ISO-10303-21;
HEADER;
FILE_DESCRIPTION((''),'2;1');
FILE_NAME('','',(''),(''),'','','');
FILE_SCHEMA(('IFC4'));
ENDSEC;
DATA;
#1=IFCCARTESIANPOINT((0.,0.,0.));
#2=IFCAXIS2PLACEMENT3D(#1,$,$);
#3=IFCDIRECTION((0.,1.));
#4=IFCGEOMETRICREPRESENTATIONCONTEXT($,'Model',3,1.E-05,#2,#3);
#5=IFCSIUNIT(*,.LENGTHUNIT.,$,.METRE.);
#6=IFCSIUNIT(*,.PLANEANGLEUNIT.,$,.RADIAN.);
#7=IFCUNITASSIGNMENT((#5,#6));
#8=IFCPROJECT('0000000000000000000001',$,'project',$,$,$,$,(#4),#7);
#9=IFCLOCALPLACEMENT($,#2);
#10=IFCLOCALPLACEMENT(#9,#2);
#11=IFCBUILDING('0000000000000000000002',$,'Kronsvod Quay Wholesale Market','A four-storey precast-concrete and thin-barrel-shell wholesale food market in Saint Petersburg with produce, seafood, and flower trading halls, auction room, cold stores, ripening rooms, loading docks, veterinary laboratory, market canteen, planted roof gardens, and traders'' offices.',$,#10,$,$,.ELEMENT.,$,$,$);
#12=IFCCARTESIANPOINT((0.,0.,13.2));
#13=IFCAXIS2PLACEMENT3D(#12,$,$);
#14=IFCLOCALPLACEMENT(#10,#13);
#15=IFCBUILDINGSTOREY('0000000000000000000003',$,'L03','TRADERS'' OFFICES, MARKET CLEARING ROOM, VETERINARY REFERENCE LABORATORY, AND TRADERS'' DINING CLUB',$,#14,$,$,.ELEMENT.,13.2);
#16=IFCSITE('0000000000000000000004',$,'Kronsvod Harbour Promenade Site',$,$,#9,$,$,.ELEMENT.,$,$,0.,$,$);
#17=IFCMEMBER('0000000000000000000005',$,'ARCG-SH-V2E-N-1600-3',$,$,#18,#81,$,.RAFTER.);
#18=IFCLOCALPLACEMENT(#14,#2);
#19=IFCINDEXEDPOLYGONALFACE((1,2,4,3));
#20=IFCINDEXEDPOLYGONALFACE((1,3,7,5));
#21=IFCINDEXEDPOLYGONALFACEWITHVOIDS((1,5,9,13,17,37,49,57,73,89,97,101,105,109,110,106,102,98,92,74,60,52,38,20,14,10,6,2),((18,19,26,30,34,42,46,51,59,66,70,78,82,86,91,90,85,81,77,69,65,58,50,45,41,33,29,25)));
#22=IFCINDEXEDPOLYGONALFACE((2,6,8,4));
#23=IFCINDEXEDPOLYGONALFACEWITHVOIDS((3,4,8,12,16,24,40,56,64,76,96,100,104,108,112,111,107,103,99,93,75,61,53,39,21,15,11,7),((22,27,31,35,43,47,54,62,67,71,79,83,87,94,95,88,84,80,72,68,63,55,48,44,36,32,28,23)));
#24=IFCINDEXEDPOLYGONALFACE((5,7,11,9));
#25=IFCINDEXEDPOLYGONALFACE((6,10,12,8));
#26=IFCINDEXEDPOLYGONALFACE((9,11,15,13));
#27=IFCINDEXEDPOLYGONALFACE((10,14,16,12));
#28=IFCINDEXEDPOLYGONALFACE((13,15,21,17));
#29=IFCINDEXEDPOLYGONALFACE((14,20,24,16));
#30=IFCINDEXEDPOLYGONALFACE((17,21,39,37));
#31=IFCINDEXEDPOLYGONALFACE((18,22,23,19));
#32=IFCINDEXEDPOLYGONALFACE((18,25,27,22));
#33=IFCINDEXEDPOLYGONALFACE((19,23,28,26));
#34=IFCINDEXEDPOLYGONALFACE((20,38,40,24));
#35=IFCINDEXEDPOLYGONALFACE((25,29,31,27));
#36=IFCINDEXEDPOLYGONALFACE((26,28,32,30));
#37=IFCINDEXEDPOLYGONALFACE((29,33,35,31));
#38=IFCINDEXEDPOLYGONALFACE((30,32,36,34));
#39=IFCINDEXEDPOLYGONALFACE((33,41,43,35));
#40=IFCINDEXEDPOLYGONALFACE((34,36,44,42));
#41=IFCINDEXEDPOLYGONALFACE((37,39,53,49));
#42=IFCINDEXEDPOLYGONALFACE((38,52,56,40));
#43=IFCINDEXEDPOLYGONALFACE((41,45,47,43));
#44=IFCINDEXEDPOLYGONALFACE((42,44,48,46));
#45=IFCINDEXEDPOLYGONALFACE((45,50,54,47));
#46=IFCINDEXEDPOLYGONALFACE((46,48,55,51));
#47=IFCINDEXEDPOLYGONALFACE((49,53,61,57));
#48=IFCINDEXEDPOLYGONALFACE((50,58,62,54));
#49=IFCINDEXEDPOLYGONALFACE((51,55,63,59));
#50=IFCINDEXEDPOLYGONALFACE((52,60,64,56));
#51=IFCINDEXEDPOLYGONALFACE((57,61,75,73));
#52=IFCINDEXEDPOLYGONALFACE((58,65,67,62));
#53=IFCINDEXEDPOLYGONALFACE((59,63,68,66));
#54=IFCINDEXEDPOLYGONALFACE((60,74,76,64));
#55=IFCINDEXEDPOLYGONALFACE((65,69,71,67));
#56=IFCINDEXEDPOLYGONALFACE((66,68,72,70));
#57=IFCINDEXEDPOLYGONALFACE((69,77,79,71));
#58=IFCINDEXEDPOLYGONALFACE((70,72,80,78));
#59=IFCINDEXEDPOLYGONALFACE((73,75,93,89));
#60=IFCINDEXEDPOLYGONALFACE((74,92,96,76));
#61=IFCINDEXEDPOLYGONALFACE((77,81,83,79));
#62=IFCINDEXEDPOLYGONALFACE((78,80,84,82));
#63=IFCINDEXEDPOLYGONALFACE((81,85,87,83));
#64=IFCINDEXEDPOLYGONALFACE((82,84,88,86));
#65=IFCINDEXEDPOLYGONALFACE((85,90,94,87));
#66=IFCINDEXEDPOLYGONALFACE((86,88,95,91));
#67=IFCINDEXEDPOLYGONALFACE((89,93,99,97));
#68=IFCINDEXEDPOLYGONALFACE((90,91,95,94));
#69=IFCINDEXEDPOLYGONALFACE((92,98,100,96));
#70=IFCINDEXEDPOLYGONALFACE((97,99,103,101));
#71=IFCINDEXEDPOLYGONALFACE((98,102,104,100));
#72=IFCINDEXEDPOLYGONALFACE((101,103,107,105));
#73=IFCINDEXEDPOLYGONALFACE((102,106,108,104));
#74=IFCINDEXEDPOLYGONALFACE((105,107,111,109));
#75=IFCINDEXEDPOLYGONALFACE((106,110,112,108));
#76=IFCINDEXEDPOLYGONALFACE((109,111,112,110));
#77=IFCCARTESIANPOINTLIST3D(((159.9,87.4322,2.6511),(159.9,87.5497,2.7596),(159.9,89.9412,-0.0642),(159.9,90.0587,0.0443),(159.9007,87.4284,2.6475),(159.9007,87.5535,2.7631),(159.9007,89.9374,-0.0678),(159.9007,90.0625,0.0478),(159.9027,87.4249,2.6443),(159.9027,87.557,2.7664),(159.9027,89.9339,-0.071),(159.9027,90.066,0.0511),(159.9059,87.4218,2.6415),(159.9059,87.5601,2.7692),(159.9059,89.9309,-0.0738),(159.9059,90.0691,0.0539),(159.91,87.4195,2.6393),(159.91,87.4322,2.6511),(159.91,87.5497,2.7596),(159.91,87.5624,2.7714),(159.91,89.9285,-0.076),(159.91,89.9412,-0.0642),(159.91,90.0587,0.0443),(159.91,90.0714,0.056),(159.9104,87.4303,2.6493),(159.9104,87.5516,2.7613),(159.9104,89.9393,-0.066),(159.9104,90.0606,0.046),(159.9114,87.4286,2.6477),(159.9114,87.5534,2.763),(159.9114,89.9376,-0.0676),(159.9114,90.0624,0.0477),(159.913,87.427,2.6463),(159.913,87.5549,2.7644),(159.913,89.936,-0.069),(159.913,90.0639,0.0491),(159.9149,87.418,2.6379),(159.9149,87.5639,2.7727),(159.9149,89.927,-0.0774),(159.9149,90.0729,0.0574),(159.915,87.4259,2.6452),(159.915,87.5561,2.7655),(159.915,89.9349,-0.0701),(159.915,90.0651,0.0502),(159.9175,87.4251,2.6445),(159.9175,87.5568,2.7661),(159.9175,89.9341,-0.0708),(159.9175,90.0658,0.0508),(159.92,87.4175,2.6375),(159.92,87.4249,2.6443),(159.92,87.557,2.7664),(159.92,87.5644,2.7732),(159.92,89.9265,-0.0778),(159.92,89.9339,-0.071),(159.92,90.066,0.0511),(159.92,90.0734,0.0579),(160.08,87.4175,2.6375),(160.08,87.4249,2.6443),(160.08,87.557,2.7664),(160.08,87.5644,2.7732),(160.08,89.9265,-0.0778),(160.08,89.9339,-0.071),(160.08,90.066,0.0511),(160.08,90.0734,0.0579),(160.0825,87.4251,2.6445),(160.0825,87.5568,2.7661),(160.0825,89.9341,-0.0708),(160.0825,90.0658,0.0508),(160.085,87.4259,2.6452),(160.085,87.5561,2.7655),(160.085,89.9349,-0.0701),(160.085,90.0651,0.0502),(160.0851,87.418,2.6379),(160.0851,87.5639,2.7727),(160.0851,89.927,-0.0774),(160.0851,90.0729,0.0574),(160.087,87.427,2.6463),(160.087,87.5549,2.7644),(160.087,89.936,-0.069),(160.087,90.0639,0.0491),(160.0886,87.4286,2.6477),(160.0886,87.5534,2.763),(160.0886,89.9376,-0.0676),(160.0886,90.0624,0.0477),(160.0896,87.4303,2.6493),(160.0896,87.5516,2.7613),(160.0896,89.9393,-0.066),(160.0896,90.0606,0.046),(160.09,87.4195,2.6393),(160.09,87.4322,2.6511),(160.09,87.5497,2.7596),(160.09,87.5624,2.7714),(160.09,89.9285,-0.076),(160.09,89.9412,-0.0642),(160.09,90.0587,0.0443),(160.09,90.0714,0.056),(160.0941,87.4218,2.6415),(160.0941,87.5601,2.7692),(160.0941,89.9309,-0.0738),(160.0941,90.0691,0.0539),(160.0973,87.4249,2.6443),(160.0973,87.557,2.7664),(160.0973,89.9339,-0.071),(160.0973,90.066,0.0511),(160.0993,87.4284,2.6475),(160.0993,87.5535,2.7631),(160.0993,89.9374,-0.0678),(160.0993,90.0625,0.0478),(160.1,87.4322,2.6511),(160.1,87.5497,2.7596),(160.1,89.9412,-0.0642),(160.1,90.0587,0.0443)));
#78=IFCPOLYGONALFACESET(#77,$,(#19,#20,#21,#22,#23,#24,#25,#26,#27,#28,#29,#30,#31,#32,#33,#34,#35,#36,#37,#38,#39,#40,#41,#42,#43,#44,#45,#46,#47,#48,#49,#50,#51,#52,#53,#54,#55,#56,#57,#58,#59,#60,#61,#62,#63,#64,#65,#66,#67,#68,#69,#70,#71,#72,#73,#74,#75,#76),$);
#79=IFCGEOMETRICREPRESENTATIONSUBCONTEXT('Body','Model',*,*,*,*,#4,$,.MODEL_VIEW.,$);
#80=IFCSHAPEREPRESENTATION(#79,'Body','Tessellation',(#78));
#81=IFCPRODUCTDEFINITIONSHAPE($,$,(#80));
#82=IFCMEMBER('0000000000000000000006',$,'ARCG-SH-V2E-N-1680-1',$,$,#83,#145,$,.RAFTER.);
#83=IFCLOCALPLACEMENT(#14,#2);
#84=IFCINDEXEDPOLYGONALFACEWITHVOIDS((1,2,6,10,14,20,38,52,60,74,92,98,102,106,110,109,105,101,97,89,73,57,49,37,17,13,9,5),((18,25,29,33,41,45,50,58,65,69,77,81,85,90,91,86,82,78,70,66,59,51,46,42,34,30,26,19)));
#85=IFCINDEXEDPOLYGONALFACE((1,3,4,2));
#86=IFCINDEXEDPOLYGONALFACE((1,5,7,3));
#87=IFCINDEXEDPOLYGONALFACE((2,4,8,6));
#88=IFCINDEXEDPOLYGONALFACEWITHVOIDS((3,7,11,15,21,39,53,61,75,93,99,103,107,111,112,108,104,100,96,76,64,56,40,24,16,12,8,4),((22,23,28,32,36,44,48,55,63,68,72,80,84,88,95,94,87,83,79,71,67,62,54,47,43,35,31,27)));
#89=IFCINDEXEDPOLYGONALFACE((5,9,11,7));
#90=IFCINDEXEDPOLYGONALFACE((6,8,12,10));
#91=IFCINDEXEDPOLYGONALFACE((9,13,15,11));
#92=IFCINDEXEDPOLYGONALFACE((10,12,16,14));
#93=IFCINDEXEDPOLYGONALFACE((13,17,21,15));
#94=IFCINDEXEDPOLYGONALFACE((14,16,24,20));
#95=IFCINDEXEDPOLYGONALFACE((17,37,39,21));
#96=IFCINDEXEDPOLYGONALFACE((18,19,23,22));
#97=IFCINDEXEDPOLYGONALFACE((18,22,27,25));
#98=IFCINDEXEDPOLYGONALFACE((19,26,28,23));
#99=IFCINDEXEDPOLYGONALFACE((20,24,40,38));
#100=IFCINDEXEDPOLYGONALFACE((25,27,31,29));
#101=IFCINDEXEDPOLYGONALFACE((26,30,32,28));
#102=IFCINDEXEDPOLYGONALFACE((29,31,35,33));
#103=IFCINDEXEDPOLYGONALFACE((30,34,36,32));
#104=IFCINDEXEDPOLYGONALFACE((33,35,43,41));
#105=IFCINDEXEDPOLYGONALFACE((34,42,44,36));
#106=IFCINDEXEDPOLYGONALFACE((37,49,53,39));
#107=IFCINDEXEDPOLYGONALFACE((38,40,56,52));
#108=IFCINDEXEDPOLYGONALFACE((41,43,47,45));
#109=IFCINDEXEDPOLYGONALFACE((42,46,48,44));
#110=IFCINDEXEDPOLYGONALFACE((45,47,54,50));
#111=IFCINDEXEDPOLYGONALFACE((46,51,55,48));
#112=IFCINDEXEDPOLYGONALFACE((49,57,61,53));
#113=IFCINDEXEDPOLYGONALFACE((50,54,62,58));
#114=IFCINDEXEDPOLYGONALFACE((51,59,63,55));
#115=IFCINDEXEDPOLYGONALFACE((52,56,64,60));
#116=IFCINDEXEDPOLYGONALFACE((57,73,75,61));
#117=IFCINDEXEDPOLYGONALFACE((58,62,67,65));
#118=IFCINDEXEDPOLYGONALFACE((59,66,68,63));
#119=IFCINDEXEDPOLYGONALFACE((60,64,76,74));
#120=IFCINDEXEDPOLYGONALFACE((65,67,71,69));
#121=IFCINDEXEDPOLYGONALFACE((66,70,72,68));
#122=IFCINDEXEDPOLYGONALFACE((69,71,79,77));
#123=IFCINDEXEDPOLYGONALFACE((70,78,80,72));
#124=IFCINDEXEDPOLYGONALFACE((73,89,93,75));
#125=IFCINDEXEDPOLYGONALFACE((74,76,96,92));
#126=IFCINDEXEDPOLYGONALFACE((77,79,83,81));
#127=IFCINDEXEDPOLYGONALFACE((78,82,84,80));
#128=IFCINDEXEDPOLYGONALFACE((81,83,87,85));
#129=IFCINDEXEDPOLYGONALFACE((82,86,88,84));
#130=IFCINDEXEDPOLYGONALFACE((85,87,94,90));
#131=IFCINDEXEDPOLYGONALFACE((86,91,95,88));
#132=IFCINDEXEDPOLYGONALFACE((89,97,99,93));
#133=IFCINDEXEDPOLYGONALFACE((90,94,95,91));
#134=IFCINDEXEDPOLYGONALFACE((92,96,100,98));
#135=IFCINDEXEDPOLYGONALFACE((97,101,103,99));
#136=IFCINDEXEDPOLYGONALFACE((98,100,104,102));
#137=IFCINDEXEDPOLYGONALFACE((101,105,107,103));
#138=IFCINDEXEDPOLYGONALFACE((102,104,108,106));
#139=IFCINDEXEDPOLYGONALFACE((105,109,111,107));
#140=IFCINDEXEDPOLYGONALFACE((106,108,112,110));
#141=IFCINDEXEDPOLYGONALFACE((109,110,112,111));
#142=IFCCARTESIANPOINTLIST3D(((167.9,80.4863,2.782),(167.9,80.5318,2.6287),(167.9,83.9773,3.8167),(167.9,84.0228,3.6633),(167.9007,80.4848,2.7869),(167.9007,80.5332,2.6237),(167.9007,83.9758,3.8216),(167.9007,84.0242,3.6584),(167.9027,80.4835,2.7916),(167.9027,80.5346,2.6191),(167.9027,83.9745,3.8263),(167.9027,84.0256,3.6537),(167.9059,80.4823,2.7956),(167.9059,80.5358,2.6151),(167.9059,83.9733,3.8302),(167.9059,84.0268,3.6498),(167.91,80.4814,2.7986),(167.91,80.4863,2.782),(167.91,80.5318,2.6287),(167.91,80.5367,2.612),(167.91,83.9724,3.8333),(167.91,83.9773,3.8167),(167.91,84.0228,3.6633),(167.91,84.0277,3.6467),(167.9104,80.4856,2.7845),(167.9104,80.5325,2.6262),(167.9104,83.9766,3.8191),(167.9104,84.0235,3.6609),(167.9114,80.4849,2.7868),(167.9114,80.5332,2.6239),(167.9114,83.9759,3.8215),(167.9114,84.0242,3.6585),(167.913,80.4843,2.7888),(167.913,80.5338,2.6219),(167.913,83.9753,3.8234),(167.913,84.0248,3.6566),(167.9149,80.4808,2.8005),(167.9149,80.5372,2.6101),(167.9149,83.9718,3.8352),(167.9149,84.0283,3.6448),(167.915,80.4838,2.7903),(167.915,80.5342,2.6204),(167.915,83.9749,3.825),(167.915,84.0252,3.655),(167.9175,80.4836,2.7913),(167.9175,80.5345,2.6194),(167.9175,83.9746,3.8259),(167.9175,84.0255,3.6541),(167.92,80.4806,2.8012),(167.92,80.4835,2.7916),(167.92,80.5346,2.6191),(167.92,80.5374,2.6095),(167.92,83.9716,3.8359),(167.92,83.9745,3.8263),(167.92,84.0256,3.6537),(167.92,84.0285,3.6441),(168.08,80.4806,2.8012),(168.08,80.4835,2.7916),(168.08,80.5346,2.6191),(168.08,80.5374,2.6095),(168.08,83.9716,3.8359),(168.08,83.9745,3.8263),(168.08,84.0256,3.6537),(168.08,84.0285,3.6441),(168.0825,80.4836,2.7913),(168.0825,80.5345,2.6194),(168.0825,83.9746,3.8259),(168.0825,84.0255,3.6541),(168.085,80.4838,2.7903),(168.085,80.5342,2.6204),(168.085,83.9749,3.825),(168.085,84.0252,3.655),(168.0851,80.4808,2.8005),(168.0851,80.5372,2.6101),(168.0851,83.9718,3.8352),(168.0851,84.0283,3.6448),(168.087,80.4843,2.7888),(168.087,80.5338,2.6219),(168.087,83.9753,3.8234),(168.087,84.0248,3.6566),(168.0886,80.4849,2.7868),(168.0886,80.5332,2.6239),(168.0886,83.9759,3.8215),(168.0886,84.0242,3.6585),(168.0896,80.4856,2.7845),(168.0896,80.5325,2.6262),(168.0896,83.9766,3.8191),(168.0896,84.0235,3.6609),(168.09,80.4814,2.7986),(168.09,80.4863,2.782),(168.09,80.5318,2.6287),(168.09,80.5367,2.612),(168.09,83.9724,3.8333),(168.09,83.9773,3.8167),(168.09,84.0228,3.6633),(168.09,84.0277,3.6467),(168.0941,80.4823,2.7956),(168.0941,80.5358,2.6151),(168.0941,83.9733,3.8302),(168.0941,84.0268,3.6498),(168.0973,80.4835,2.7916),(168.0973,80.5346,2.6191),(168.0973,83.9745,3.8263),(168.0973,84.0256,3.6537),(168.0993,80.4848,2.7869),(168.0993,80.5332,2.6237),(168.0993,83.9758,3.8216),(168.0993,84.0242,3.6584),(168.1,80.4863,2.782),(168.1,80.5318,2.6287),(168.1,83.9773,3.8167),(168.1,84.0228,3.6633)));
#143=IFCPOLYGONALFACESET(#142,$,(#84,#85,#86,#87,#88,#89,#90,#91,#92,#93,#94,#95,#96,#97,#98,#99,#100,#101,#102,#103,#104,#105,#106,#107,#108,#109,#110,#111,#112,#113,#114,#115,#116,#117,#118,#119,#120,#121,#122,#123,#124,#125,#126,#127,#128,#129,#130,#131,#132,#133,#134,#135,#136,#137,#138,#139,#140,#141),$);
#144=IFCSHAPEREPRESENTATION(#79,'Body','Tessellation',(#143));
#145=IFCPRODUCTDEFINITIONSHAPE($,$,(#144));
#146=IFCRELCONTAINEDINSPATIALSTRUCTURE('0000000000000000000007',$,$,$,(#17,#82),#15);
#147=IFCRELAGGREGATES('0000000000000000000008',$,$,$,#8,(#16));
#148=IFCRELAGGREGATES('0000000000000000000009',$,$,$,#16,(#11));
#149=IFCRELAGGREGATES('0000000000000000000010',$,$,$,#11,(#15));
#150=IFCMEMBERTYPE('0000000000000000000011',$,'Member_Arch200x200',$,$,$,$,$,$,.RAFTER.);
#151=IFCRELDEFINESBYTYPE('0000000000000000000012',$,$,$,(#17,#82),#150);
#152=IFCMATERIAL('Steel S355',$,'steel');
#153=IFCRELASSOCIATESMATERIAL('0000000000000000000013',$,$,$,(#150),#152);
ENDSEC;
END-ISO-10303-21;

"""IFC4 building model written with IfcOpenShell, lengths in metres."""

from ifc_helpers import new_model, si_unit, direction, frame, origin, origin_2d, place, context, subcontext, project, spatial, hollow_rectangle, extrude, material, material_profile, profile_set, type_object, element, save


model = new_model("IFC4")

# Units and contexts
model_context = context("Model", 3, precision=1e-05, world=origin(), true_north=direction((0.0, 1.0)))
body_context = subcontext(model_context, "Body", "Model", "MODEL_VIEW")
ifc_project = project(units=[si_unit("LENGTHUNIT", "METRE"), si_unit("PLANEANGLEUNIT", "RADIAN")], contexts=[model_context])

# Site, building, storey
site_placement = place(None, origin())
site = spatial("IfcSite", under=ifc_project, at=site_placement, Name="Kronsvod Harbour Promenade Site", CompositionType="ELEMENT", RefElevation=0.0)
building_placement = place(site_placement, origin())
building = spatial("IfcBuilding", under=site, at=building_placement, Name="Kronsvod Quay Wholesale Market", Description="A four-storey precast-concrete and thin-barrel-shell wholesale food market in Saint Petersburg with produce, seafood, and flower trading halls, auction room, cold stores, ripening rooms, loading docks, veterinary laboratory, market canteen, planted roof gardens, and traders' offices.", CompositionType="ELEMENT")
storey_placement = place(building_placement, frame((0.0, 0.0, 13.2)))
storey = spatial("IfcBuildingStorey", under=building, at=storey_placement, Name="L03", Description="TRADERS' OFFICES, MARKET CLEARING ROOM, VETERINARY REFERENCE LABORATORY, AND TRADERS' DINING CLUB", CompositionType="ELEMENT", Elevation=13.2)

# Members
ifc_material_1 = material(Name="Steel S355", Category="steel")
ifc_material_profile_1 = material_profile(ifc_material_1, hollow_rectangle(XDim=0.2, YDim=0.2, WallThickness=0.01, InnerFilletRadius=0.01, OuterFilletRadius=0.02, at=origin_2d()), Name="RHS200x200x10")
ifc_profile_set_1 = profile_set([ifc_material_profile_1], Name="Steel S355")
member_type_1 = type_object("IfcMemberType", Name="Member_Arch200x200", PredefinedType="RAFTER", material=ifc_profile_set_1)
member_1_placement = place(storey_placement, frame((160.0, 87.491, 2.7053), z_axis=(0.0, 0.678656, -0.734456), x_axis=(-1.0, 0.0, 0.0)))
element("IfcMember", 1, at=member_1_placement, inside=storey, type_object=member_type_1, Name="ARCG-SH-V2E-N-1600-3", PredefinedType="RAFTER", context=body_context, shape_type="SweptSolid", body=[
    extrude(hollow_rectangle(XDim=0.2, YDim=0.2, WallThickness=0.01, InnerFilletRadius=0.01, OuterFilletRadius=0.02, at=origin_2d()), origin(), (0.0, 0.0, 1.0), 3.697),
])
for number, where, z_axis, x_axis, name in (
    (2, (168.0, 80.509, 2.7053), (0.0, 0.958775, 0.284166), (-1.0, 0.0, 0.0), "ARCG-SH-V2E-N-1680-1"),
):
    element("IfcMember", number, at=place(storey_placement, frame(where, z_axis=z_axis, x_axis=x_axis)), inside=storey, type_object=member_type_1, Name=name, PredefinedType="RAFTER", context=body_context, shape_type="SweptSolid", body=[
        extrude(hollow_rectangle(XDim=0.2, YDim=0.2, WallThickness=0.01, InnerFilletRadius=0.01, OuterFilletRadius=0.02, at=origin_2d()), origin(), (0.0, 0.0, 1.0), 3.6411),
    ])

save(model, "model.ifc")
